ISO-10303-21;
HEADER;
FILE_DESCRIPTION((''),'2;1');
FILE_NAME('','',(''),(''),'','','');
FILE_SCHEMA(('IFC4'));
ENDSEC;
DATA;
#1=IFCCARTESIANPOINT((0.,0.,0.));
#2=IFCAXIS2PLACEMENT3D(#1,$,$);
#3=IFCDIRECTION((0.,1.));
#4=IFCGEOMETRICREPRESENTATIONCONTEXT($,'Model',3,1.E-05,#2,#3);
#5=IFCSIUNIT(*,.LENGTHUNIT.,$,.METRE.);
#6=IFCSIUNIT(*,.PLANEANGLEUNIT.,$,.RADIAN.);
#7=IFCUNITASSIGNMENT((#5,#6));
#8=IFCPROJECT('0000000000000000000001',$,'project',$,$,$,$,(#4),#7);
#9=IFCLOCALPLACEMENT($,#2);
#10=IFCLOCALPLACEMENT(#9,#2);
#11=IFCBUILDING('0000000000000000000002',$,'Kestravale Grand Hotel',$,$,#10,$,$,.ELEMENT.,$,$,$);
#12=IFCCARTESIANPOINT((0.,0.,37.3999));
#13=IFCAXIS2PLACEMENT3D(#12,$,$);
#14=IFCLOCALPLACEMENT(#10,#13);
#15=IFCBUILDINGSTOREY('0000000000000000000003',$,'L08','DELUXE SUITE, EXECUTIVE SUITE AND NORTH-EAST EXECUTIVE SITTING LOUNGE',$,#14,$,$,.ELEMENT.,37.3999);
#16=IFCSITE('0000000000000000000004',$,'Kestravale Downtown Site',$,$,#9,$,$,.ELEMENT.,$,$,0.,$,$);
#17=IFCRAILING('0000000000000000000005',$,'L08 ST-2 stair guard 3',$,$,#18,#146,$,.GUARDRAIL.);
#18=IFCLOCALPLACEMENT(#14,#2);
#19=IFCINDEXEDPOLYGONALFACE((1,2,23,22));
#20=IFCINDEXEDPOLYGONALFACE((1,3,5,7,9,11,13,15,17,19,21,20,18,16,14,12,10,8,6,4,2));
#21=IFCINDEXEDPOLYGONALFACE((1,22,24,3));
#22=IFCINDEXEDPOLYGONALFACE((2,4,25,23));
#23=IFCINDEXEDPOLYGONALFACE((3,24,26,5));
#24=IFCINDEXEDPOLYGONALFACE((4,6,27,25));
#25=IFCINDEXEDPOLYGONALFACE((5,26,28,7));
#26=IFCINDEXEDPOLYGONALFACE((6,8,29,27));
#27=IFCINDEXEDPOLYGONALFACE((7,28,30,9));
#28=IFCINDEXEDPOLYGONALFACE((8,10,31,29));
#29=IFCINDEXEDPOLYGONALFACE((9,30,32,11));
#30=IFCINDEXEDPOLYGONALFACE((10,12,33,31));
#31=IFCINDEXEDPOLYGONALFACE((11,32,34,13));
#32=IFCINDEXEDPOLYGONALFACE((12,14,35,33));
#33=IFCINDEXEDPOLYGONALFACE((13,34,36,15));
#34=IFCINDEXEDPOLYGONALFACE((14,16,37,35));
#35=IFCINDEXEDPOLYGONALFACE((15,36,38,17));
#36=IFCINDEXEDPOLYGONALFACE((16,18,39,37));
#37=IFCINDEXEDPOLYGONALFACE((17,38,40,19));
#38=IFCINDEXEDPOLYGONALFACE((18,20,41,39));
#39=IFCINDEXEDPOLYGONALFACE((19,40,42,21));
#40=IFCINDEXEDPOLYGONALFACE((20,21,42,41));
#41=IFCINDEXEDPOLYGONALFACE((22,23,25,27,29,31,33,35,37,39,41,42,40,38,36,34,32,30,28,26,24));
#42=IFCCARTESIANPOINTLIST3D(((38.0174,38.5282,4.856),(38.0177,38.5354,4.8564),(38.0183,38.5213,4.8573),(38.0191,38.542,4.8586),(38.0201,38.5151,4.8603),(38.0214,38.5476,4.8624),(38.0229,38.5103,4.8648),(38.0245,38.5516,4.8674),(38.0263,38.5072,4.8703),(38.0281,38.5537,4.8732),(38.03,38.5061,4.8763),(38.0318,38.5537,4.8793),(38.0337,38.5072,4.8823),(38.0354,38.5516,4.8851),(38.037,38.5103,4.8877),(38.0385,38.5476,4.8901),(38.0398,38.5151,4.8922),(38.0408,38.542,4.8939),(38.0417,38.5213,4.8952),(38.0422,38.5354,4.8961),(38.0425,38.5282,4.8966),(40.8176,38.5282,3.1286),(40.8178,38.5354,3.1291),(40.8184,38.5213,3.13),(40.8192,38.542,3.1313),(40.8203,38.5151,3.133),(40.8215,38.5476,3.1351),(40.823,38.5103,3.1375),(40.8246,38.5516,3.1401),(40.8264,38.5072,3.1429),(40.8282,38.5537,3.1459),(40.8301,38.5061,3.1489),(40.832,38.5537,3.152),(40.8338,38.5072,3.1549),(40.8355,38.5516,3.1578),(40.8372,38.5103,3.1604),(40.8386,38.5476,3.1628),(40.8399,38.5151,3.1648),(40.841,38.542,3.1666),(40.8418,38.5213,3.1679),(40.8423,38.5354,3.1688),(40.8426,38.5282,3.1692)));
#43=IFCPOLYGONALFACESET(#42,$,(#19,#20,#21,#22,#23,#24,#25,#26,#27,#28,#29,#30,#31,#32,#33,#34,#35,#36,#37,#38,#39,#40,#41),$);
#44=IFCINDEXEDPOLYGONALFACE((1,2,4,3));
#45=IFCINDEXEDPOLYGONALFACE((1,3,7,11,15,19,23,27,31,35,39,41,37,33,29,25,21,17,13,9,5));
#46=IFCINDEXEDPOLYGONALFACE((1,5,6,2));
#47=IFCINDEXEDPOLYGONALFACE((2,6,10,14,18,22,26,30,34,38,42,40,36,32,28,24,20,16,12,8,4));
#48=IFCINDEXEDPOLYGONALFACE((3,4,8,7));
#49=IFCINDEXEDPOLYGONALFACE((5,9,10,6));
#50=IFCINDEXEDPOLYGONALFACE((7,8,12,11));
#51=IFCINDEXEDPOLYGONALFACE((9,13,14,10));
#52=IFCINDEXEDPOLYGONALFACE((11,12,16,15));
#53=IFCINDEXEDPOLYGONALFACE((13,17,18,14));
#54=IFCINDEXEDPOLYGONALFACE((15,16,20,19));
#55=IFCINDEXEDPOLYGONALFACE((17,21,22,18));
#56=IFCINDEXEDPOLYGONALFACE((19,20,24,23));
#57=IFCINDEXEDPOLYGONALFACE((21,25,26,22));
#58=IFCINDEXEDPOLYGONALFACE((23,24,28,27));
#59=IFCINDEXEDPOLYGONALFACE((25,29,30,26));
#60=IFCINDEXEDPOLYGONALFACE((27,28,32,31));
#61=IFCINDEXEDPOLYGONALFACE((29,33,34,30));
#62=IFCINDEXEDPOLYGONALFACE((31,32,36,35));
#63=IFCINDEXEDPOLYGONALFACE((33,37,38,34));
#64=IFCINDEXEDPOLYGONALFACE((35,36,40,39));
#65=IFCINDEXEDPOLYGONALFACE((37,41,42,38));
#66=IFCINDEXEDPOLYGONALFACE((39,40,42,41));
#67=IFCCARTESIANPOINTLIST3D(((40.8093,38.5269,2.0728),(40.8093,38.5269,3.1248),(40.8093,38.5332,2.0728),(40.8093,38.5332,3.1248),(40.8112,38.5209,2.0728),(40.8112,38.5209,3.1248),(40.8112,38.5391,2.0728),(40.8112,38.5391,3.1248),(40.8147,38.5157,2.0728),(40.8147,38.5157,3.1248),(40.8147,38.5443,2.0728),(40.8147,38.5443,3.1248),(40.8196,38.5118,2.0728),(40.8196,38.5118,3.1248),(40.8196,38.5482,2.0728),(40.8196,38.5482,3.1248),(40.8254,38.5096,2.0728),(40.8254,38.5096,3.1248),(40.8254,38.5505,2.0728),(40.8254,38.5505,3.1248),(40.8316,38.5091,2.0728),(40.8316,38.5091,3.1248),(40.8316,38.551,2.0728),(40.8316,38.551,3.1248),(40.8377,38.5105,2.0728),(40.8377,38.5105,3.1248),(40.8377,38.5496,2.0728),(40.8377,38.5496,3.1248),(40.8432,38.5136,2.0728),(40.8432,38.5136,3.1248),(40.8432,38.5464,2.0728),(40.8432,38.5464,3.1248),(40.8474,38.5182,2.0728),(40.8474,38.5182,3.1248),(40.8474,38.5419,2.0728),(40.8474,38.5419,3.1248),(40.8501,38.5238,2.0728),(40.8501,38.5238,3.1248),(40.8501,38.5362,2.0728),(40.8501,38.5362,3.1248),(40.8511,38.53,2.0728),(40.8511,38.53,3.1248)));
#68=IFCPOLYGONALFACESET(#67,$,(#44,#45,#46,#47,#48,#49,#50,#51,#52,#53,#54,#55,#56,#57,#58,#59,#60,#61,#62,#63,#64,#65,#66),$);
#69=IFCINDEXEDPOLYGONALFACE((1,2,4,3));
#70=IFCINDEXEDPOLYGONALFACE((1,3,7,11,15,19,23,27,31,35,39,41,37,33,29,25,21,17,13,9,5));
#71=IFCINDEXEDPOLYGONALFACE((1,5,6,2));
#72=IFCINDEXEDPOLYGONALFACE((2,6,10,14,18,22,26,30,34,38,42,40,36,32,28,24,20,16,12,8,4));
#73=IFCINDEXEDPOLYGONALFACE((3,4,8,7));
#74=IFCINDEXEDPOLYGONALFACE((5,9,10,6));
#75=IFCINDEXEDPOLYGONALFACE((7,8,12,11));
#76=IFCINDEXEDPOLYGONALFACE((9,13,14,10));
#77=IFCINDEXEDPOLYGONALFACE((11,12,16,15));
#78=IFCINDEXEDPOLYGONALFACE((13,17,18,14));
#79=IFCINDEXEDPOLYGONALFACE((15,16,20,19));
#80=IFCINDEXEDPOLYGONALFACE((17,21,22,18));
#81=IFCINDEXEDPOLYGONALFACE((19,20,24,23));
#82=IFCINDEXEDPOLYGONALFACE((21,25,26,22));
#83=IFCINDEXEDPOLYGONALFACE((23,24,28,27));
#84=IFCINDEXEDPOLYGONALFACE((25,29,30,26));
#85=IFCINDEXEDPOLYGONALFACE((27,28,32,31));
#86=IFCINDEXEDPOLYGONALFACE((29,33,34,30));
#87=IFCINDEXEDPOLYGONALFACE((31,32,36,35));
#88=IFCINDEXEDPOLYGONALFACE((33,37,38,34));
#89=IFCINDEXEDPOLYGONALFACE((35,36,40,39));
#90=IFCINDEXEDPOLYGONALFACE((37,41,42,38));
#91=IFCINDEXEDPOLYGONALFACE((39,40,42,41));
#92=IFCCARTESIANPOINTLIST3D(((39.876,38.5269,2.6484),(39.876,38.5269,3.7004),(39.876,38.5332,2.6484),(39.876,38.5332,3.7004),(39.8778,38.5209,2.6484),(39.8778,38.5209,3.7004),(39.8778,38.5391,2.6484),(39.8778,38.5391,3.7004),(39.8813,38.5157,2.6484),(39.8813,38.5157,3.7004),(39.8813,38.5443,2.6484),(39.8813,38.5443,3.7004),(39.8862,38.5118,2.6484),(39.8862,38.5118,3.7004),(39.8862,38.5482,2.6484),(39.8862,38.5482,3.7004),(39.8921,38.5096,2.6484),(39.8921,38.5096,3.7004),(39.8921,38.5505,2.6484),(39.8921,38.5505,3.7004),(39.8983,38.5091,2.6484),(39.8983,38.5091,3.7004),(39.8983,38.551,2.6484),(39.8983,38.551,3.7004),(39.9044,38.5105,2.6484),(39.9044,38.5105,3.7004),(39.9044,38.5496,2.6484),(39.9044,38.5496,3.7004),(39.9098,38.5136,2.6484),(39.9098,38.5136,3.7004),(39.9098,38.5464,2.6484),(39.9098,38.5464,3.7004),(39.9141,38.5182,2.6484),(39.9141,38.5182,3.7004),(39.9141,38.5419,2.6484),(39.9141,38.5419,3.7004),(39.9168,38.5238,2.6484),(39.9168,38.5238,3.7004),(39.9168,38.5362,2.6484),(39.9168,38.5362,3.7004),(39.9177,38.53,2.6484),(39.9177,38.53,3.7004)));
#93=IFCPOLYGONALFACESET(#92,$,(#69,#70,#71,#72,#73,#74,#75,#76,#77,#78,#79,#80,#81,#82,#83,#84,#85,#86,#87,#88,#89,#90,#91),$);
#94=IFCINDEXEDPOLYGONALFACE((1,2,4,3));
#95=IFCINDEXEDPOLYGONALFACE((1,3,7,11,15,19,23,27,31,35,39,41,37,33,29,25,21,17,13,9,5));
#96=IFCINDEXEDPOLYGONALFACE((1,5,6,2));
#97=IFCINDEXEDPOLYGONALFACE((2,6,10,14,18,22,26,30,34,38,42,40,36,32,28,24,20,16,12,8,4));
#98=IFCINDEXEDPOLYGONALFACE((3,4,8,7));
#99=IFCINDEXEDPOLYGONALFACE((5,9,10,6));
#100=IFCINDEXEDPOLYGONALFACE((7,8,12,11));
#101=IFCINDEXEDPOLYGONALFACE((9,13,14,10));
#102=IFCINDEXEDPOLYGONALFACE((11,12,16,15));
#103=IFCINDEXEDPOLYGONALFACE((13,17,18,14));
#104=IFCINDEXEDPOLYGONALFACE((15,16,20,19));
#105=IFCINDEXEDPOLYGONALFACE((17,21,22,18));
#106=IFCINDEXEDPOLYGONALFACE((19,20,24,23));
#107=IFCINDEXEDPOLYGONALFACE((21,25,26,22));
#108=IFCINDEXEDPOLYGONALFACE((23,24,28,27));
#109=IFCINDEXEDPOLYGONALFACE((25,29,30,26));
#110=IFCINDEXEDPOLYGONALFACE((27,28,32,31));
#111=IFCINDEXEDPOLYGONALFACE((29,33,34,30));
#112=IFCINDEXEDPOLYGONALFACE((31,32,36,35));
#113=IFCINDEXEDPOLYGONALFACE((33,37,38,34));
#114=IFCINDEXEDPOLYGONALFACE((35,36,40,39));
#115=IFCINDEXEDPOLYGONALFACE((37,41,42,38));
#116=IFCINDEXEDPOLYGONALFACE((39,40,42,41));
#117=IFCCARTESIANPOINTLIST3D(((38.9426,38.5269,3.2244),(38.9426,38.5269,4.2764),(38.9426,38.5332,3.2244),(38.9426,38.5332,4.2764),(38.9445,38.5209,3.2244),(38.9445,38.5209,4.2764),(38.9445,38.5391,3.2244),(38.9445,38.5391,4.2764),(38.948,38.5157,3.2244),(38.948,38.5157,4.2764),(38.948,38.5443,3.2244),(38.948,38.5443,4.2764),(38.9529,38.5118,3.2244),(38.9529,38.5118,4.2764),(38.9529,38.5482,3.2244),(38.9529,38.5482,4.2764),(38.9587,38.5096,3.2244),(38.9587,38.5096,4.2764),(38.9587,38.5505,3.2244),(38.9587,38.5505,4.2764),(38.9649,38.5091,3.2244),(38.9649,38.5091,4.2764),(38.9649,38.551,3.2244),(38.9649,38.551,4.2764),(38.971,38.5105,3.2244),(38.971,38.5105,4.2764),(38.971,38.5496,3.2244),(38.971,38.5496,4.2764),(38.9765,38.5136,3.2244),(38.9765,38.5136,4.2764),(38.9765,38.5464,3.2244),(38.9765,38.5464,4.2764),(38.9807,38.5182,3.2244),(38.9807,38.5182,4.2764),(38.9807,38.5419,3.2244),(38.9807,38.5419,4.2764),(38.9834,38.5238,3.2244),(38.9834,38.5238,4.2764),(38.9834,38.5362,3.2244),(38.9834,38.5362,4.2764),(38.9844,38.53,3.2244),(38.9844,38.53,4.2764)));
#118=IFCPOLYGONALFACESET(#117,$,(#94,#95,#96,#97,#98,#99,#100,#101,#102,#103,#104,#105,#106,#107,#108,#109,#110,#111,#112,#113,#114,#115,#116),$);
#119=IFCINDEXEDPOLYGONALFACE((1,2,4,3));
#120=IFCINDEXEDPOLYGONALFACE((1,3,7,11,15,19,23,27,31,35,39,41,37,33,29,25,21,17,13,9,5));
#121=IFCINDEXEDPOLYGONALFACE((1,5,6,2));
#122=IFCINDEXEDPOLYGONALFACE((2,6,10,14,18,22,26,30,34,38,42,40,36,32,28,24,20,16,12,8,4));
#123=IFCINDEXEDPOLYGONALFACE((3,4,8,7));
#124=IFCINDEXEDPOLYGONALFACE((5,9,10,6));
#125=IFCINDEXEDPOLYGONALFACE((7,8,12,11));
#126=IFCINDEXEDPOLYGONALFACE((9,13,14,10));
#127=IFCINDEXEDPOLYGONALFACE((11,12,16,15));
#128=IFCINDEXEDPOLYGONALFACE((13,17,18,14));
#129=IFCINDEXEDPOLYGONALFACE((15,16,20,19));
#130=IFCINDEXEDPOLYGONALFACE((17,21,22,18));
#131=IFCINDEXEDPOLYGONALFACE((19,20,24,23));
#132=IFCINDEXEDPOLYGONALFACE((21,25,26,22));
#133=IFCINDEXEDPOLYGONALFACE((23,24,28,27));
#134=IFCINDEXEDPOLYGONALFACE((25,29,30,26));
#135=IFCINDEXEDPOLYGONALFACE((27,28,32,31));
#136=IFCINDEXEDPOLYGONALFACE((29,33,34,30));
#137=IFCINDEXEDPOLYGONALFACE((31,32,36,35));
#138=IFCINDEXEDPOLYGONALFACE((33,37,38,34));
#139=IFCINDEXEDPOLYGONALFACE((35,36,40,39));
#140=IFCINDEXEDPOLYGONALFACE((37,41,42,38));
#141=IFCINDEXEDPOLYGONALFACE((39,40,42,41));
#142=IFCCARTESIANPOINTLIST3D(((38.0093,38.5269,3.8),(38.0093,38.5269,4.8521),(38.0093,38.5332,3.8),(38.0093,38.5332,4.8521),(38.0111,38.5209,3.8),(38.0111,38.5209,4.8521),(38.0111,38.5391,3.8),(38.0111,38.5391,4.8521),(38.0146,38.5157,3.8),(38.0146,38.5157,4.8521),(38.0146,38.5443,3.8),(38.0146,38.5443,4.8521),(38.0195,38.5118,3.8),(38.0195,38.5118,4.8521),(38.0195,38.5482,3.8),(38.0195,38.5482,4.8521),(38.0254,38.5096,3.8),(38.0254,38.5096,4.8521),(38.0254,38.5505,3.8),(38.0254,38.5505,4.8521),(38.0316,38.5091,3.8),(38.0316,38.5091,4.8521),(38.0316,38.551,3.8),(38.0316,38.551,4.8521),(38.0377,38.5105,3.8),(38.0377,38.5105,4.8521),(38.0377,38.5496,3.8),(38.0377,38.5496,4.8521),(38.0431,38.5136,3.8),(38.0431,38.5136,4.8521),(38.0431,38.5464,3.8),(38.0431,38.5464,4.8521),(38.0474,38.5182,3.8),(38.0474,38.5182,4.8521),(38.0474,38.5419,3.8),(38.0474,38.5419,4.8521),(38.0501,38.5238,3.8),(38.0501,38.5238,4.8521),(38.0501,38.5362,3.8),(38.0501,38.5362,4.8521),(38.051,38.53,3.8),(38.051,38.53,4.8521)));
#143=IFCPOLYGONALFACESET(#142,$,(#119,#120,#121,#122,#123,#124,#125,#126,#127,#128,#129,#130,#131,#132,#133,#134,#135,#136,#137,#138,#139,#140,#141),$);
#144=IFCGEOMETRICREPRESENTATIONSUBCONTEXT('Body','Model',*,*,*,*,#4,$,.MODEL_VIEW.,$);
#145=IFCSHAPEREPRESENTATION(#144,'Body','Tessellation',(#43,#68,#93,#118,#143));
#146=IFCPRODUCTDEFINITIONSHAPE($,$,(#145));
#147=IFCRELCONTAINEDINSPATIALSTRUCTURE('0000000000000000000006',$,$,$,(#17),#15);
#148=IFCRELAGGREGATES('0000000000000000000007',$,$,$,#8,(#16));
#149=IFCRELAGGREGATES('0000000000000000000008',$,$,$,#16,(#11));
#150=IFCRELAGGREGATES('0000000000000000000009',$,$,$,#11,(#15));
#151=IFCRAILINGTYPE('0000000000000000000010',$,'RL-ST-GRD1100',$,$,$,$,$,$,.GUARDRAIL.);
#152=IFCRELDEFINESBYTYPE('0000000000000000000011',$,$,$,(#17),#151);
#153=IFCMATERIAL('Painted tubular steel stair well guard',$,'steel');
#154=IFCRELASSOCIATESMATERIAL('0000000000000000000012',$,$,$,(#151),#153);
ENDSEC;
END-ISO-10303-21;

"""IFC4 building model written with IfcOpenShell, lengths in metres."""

from ifc_helpers import new_model, si_unit, direction, frame, origin, origin_2d, place, context, subcontext, project, spatial, circle, extrude, material, type_object, element, save


model = new_model("IFC4")

# Units and contexts
model_context = context("Model", 3, precision=1e-05, world=origin(), true_north=direction((0.0, 1.0)))
body_context = subcontext(model_context, "Body", "Model", "MODEL_VIEW")
ifc_project = project(units=[si_unit("LENGTHUNIT", "METRE"), si_unit("PLANEANGLEUNIT", "RADIAN")], contexts=[model_context])

# Site, building, storey
site_placement = place(None, origin())
site = spatial("IfcSite", under=ifc_project, at=site_placement, Name="Kestravale Downtown Site", CompositionType="ELEMENT", RefElevation=0.0)
building_placement = place(site_placement, origin())
building = spatial("IfcBuilding", under=site, at=building_placement, Name="Kestravale Grand Hotel", CompositionType="ELEMENT")
storey_placement = place(building_placement, frame((0.0, 0.0, 37.3999)))
storey = spatial("IfcBuildingStorey", under=building, at=storey_placement, Name="L08", Description="DELUXE SUITE, EXECUTIVE SUITE AND NORTH-EAST EXECUTIVE SITTING LOUNGE", CompositionType="ELEMENT", Elevation=37.3999)

# Railing
ifc_material_1 = material(Name="Painted tubular steel stair well guard", Category="steel")
railing_type_1 = type_object("IfcRailingType", Name="RL-ST-GRD1100", PredefinedType="GUARDRAIL", material=ifc_material_1)
railing_1_placement = place(storey_placement, frame((40.8301, 38.53, 2.0728)))
element("IfcRailing", 1, at=railing_1_placement, inside=storey, type_object=railing_type_1, Name="L08 ST-2 stair guard 3", PredefinedType="GUARDRAIL", context=body_context, shape_type="SweptSolid", body=[
    extrude(circle(Radius=0.0239, at=origin_2d()), frame((0.0, 0.0, 1.0762), z_axis=(-0.85109, 0.0, 0.52502), x_axis=(0.0, -1.0, 0.0)), (0.0, 0.0, 1.0), 3.29),
    extrude(circle(Radius=0.021, at=origin_2d()), origin(), (0.0, 0.0, 1.0), 1.052),
    extrude(circle(Radius=0.021, at=origin_2d()), frame((-0.9333, 0.0, 0.5757)), (0.0, 0.0, 1.0), 1.052),
    extrude(circle(Radius=0.021, at=origin_2d()), frame((-1.8667, 0.0, 1.1516)), (0.0, 0.0, 1.0), 1.052),
    extrude(circle(Radius=0.021, at=origin_2d()), frame((-2.8, 0.0, 1.7273)), (0.0, 0.0, 1.0), 1.052),
])

save(model, "model.ifc")
